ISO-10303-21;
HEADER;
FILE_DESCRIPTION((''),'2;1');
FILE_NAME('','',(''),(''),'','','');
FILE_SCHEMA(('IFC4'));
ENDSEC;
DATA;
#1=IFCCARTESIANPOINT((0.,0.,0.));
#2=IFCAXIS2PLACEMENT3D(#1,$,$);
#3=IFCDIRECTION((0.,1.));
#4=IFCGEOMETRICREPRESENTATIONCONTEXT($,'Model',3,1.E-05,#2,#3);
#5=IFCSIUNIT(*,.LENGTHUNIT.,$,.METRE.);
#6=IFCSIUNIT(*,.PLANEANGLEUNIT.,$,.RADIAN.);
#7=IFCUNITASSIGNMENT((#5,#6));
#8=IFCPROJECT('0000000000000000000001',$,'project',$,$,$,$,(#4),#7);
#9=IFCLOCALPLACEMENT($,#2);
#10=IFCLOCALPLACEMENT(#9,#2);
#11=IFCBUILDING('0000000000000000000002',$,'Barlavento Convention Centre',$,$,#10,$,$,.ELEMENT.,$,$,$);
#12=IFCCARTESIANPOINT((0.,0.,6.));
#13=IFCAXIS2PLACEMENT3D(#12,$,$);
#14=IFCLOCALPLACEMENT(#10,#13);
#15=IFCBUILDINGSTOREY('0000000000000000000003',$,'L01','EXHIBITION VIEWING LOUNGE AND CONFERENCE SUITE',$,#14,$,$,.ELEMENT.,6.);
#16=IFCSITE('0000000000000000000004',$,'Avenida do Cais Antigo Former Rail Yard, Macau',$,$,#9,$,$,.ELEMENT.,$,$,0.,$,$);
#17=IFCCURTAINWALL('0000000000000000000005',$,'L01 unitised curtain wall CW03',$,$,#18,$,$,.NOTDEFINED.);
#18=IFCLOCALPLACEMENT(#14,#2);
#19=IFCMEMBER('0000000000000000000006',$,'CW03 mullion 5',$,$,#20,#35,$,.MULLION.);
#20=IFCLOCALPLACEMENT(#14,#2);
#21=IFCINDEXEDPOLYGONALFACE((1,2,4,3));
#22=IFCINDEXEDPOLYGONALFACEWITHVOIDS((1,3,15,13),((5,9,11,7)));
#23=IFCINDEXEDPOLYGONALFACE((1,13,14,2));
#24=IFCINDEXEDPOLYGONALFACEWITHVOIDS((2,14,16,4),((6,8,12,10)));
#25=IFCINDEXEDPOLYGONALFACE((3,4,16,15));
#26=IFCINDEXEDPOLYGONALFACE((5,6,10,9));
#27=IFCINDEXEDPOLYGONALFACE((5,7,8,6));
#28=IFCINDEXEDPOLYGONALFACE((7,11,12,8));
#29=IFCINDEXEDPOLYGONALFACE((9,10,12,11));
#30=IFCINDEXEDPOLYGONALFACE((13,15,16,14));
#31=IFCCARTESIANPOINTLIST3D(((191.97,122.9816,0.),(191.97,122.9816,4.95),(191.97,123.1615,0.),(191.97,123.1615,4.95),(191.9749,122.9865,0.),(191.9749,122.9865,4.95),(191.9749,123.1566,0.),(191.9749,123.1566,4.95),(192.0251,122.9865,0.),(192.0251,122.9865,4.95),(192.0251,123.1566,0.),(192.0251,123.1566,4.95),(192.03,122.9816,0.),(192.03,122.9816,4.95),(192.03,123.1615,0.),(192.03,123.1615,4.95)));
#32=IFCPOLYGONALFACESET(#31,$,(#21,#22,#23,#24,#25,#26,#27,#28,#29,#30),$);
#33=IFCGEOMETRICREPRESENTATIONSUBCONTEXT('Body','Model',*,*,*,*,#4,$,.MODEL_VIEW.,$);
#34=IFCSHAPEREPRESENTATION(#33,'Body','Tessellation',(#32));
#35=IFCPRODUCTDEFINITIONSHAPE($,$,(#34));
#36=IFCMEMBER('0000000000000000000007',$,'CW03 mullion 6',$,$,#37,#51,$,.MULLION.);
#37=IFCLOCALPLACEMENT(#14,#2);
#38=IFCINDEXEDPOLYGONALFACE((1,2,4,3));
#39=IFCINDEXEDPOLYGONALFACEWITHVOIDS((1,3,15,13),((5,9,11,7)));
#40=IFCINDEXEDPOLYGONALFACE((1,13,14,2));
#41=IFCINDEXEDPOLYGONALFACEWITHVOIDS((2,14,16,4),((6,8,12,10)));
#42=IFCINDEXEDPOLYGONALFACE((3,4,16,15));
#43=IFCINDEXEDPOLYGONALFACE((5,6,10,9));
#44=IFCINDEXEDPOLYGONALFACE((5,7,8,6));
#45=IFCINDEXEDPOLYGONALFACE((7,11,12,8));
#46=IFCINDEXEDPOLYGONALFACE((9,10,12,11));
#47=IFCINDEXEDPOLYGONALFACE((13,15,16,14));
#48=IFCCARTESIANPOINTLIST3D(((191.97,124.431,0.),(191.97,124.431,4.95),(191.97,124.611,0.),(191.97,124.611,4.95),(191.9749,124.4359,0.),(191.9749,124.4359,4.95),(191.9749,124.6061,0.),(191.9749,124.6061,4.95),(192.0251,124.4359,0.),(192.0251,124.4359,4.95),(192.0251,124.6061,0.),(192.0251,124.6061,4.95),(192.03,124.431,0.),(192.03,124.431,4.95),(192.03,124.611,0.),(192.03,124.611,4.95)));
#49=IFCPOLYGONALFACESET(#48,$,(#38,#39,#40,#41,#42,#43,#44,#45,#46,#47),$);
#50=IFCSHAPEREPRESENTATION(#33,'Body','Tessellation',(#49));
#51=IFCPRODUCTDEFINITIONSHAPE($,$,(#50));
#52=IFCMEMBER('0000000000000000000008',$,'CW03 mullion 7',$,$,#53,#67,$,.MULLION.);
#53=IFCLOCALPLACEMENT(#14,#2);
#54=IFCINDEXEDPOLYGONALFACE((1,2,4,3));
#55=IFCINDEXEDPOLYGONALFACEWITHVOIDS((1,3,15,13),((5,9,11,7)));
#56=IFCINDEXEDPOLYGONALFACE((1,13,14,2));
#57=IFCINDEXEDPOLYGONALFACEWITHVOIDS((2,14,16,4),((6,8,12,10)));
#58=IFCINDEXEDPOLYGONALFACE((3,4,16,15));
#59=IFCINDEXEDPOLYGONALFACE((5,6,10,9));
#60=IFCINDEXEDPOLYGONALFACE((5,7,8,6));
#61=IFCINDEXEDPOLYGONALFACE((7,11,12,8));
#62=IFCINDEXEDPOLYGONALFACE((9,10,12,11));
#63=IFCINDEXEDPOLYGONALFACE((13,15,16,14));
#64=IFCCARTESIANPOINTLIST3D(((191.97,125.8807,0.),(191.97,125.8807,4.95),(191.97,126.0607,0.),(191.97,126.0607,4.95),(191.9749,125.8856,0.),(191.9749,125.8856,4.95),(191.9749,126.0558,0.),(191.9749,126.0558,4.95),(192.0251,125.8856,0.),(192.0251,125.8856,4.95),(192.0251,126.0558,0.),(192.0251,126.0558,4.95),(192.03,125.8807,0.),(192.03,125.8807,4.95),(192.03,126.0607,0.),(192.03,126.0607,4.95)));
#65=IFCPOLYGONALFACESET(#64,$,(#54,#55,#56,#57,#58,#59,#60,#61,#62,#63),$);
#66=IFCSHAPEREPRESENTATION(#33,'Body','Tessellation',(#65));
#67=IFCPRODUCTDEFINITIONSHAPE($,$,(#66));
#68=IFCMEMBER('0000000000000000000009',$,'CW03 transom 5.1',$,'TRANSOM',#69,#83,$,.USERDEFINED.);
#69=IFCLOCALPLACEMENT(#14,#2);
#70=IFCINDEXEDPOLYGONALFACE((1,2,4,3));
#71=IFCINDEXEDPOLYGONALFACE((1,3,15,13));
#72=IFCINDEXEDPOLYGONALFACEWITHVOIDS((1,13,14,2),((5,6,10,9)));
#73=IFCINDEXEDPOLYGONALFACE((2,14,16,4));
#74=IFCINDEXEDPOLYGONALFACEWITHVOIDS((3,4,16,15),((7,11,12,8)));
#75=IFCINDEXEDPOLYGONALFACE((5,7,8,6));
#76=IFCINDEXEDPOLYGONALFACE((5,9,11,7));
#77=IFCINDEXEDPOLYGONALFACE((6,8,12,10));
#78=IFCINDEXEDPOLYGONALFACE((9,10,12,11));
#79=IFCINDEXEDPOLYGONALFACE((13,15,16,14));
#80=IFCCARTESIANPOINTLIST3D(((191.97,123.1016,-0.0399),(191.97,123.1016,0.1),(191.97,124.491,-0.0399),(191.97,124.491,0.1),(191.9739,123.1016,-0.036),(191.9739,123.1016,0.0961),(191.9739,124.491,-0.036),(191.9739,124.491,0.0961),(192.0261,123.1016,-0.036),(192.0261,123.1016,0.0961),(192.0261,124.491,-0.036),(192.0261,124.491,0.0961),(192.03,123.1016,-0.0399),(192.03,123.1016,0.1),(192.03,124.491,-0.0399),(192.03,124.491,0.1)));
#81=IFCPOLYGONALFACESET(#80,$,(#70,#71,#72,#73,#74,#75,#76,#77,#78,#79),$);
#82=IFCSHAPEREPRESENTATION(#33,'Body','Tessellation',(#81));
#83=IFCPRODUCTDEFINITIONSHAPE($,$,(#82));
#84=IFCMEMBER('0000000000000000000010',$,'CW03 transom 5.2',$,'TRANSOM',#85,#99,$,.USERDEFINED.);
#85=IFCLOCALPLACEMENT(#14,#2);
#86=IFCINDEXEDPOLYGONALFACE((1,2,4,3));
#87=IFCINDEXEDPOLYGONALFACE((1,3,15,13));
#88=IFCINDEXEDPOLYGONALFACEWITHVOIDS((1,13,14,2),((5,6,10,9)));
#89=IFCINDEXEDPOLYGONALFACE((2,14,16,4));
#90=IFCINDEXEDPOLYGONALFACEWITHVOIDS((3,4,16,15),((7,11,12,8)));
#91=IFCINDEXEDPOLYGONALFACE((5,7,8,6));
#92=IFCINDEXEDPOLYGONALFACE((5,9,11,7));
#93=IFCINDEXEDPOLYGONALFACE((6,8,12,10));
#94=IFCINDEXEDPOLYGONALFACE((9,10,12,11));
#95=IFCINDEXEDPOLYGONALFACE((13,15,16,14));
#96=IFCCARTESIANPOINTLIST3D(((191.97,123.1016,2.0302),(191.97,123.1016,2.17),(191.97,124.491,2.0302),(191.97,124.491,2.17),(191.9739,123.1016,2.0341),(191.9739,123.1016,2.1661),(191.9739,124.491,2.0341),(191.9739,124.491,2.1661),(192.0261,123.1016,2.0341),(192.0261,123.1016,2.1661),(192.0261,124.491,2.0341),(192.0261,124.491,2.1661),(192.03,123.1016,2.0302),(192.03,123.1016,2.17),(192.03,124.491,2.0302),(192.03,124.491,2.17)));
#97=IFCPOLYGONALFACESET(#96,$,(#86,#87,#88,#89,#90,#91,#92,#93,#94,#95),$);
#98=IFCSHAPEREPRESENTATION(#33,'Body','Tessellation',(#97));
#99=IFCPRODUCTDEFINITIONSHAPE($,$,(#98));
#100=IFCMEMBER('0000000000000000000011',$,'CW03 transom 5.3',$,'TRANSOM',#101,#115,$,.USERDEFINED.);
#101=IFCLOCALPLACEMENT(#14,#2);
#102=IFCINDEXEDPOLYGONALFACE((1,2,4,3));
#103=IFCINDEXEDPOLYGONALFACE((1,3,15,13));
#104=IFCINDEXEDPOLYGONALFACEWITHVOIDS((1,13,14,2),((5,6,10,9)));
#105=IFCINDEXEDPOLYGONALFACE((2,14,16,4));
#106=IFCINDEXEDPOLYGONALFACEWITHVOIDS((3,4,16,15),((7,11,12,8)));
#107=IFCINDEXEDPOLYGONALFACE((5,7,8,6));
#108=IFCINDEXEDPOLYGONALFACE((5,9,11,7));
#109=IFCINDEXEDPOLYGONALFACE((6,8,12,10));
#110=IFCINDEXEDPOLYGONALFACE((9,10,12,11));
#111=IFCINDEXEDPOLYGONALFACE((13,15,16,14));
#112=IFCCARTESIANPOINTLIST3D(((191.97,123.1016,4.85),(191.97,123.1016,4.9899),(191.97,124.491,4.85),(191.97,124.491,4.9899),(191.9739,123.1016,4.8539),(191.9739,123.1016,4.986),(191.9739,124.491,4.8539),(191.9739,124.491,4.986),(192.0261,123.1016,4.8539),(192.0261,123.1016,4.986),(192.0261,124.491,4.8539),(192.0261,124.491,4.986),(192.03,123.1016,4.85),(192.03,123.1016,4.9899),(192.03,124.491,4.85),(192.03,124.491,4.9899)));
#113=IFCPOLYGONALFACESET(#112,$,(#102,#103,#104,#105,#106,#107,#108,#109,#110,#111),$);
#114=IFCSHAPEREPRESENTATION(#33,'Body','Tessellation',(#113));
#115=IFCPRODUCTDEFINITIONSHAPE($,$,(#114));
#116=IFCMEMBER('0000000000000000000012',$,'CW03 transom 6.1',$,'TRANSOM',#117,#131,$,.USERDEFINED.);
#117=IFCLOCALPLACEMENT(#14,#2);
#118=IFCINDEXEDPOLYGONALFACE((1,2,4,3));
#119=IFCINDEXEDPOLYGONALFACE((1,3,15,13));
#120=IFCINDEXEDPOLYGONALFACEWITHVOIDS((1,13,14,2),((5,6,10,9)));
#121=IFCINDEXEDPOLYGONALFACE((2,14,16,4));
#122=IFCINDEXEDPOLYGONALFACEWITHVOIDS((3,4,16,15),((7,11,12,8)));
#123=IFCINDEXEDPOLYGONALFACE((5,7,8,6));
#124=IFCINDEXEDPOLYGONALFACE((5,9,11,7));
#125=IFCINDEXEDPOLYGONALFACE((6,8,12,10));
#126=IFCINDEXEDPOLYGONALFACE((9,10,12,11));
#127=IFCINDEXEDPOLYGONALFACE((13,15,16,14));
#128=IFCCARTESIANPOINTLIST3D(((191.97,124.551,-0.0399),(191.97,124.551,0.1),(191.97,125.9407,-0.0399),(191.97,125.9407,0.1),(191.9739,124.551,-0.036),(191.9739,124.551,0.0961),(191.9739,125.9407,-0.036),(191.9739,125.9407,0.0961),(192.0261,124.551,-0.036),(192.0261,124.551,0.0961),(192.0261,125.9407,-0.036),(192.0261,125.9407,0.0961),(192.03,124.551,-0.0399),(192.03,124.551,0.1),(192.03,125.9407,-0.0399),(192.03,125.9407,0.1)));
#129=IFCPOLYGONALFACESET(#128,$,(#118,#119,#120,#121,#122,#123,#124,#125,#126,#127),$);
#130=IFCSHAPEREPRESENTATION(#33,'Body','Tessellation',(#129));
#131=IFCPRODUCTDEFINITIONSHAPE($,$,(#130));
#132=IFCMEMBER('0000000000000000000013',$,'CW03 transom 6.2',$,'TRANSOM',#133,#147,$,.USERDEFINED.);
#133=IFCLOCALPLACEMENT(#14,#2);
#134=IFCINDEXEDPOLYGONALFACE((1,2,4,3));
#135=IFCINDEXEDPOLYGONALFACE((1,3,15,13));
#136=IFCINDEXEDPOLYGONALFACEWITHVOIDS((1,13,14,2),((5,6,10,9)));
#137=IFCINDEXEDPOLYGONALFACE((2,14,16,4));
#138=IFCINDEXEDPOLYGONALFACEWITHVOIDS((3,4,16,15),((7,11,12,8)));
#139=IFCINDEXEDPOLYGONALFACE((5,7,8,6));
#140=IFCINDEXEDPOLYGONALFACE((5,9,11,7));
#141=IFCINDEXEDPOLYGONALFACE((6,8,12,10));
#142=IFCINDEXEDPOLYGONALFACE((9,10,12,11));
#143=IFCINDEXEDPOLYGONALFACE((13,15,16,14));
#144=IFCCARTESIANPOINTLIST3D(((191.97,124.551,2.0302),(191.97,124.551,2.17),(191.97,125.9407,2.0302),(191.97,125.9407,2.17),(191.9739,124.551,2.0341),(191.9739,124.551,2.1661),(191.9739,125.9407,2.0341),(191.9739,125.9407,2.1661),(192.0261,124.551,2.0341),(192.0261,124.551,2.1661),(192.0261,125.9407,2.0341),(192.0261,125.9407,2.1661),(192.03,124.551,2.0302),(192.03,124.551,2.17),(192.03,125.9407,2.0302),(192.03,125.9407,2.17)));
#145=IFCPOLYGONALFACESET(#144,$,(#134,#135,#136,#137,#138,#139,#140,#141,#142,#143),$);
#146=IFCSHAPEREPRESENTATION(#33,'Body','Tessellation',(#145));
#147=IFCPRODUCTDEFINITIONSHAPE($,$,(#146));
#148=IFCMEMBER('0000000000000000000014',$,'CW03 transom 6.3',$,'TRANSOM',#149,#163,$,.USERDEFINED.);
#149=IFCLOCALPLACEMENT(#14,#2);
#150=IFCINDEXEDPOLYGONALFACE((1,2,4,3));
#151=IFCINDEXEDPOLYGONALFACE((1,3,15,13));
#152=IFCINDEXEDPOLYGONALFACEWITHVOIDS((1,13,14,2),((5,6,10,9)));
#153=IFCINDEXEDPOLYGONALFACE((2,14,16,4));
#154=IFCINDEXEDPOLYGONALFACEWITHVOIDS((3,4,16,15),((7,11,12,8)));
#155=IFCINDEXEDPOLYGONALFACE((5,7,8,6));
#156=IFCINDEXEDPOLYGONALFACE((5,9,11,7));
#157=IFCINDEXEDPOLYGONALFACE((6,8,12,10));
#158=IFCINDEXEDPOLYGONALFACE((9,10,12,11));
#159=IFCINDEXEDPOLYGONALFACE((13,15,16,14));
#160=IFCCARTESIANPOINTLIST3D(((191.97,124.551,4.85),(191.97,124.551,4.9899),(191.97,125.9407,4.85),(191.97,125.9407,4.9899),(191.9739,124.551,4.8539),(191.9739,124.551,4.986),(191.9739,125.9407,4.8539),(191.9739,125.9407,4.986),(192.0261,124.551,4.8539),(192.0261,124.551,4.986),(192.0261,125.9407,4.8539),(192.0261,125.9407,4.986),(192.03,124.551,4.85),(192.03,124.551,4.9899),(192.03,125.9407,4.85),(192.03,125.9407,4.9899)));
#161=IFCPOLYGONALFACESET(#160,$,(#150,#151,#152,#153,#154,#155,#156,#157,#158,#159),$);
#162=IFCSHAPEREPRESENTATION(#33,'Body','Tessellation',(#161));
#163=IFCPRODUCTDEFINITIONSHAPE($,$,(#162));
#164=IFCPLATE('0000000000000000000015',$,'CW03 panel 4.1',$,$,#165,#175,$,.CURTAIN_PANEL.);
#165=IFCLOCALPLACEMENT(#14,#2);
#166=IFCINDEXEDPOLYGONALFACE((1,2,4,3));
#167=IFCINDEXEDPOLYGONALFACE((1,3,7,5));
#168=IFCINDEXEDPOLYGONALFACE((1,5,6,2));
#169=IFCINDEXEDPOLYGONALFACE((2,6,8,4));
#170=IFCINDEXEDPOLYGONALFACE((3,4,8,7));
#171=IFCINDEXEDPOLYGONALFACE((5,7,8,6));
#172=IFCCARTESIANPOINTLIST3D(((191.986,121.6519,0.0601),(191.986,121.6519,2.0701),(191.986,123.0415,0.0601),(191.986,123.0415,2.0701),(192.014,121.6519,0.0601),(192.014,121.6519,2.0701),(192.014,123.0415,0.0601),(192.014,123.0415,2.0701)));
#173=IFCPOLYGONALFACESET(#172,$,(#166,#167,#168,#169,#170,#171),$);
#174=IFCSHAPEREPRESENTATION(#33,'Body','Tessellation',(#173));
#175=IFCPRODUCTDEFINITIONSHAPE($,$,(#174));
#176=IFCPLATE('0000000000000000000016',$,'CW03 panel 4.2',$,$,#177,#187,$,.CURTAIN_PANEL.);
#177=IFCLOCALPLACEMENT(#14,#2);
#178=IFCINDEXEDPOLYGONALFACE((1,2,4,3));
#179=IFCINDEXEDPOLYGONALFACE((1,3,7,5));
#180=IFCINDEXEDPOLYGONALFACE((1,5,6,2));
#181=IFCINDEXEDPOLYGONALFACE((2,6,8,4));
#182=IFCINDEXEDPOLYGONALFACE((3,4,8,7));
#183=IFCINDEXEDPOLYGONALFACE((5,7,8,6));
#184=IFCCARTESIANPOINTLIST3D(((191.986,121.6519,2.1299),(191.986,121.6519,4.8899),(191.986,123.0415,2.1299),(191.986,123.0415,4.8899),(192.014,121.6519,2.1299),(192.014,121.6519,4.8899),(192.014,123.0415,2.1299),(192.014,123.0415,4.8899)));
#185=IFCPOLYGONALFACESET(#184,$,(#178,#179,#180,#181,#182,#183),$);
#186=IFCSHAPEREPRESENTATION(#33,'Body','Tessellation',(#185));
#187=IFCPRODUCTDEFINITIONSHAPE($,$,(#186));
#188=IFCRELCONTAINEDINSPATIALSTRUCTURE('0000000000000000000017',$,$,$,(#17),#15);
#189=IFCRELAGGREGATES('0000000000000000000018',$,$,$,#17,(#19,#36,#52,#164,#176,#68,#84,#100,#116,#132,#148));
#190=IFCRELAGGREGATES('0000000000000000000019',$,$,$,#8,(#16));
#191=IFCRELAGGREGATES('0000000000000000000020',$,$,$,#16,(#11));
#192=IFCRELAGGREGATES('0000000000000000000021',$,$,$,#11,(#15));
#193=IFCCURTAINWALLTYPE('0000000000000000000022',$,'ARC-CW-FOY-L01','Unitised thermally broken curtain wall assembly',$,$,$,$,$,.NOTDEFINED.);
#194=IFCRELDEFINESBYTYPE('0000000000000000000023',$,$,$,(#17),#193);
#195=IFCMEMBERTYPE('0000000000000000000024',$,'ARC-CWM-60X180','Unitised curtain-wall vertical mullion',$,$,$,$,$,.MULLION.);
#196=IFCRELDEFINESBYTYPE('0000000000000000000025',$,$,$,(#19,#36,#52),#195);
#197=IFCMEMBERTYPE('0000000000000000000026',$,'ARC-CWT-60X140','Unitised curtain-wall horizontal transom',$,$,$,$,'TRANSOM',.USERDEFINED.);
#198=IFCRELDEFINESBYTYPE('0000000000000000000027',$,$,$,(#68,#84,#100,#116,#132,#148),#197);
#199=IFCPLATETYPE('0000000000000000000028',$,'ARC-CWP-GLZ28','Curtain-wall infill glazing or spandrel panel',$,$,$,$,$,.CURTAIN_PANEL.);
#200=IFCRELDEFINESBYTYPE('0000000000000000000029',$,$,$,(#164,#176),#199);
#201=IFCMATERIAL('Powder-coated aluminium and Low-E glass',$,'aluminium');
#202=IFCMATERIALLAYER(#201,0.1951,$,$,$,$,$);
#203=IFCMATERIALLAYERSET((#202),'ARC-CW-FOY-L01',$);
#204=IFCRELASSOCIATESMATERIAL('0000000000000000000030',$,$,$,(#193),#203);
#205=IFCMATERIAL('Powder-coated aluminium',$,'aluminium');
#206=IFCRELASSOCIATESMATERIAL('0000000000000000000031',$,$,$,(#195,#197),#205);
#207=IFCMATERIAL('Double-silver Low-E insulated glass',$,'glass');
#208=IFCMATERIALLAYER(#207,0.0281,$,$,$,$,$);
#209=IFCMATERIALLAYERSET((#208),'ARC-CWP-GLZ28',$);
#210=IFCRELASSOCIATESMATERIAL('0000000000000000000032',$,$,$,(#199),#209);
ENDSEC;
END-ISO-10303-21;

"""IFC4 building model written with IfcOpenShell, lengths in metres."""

from ifc_helpers import new_model, si_unit, direction, frame, origin, origin_2d, place, context, subcontext, project, spatial, rectangle, hollow_rectangle, extrude, material, layer, layer_set, material_profile, profile_set, type_object, element, aggregate, save


model = new_model("IFC4")

# Units and contexts
model_context = context("Model", 3, precision=1e-05, world=origin(), true_north=direction((0.0, 1.0)))
body_context = subcontext(model_context, "Body", "Model", "MODEL_VIEW")
ifc_project = project(units=[si_unit("LENGTHUNIT", "METRE"), si_unit("PLANEANGLEUNIT", "RADIAN")], contexts=[model_context])

# Site, building, storey
site_placement = place(None, origin())
site = spatial("IfcSite", under=ifc_project, at=site_placement, Name="Avenida do Cais Antigo Former Rail Yard, Macau", CompositionType="ELEMENT", RefElevation=0.0)
building_placement = place(site_placement, origin())
building = spatial("IfcBuilding", under=site, at=building_placement, Name="Barlavento Convention Centre", CompositionType="ELEMENT")
storey_placement = place(building_placement, frame((0.0, 0.0, 6.0)))
storey = spatial("IfcBuildingStorey", under=building, at=storey_placement, Name="L01", Description="EXHIBITION VIEWING LOUNGE AND CONFERENCE SUITE", CompositionType="ELEMENT", Elevation=6.0)

# Curtain wall, members, plates
ifc_material_1 = material(Name="Powder-coated aluminium and Low-E glass", Category="aluminium")
ifc_layer_1 = layer(ifc_material_1, 0.1951)
ifc_layer_set_1 = layer_set([ifc_layer_1], Name="ARC-CW-FOY-L01")
curtain_wall_type = type_object("IfcCurtainWallType", Name="ARC-CW-FOY-L01", Description="Unitised thermally broken curtain wall assembly", PredefinedType="NOTDEFINED", material=ifc_layer_set_1)
curtain_wall_placement = place(storey_placement, origin())
curtain_wall = element("IfcCurtainWall", 1, at=curtain_wall_placement, inside=storey, type_object=curtain_wall_type, Name="L01 unitised curtain wall CW03", PredefinedType="NOTDEFINED")
ifc_material_2 = material(Name="Powder-coated aluminium", Category="aluminium")
ifc_material_profile_1 = material_profile(ifc_material_2, hollow_rectangle(XDim=0.0601, YDim=0.1799, WallThickness=0.0049, at=origin_2d()), Name="AL-MULL 60x180x5")
ifc_profile_set_1 = profile_set([ifc_material_profile_1], Name="Powder-coated aluminium")
member_type_1 = type_object("IfcMemberType", Name="ARC-CWM-60X180", Description="Unitised curtain-wall vertical mullion", PredefinedType="MULLION", material=ifc_profile_set_1)
member_1_placement = place(storey_placement, frame((192.0, 123.0715, 0.0), z_axis=(0.0, 0.0, 1.0), x_axis=(-1.0, 0.0, 0.0)))
member_1 = element("IfcMember", 2, at=member_1_placement, type_object=member_type_1, Name="CW03 mullion 5", PredefinedType="MULLION", context=body_context, shape_type="SweptSolid", body=[
    extrude(hollow_rectangle(XDim=0.0601, YDim=0.1799, WallThickness=0.0049, at=origin_2d()), origin(), (0.0, 0.0, 1.0), 4.95),
])
member_2_placement = place(storey_placement, frame((192.0, 124.521, 0.0), z_axis=(0.0, 0.0, 1.0), x_axis=(-1.0, 0.0, 0.0)))
member_2 = element("IfcMember", 3, at=member_2_placement, type_object=member_type_1, Name="CW03 mullion 6", PredefinedType="MULLION", context=body_context, shape_type="SweptSolid", body=[
    extrude(hollow_rectangle(XDim=0.0601, YDim=0.1799, WallThickness=0.0049, at=origin_2d()), origin(), (0.0, 0.0, 1.0), 4.95),
])
member_3_placement = place(storey_placement, frame((192.0, 125.9707, 0.0), z_axis=(0.0, 0.0, 1.0), x_axis=(-1.0, 0.0, 0.0)))
member_3 = element("IfcMember", 4, at=member_3_placement, type_object=member_type_1, Name="CW03 mullion 7", PredefinedType="MULLION", context=body_context, shape_type="SweptSolid", body=[
    extrude(hollow_rectangle(XDim=0.0601, YDim=0.1799, WallThickness=0.0049, at=origin_2d()), origin(), (0.0, 0.0, 1.0), 4.95),
])
ifc_material_profile_2 = material_profile(ifc_material_2, hollow_rectangle(XDim=0.0601, YDim=0.1399, WallThickness=0.0039, at=origin_2d()), Name="AL-TRAN 60x140x4")
ifc_profile_set_2 = profile_set([ifc_material_profile_2], Name="Powder-coated aluminium")
member_type_2 = type_object("IfcMemberType", Name="ARC-CWT-60X140", Description="Unitised curtain-wall horizontal transom", ElementType="TRANSOM", PredefinedType="USERDEFINED", material=ifc_profile_set_2)
member_4_placement = place(storey_placement, frame((192.0, 123.1016, 0.03), z_axis=(0.0, 1.0, 0.0), x_axis=(-1.0, 0.0, 0.0)))
member_4 = element("IfcMember", 5, at=member_4_placement, type_object=member_type_2, Name="CW03 transom 5.1", ObjectType="TRANSOM", PredefinedType="USERDEFINED", context=body_context, shape_type="SweptSolid", body=[
    extrude(hollow_rectangle(XDim=0.0601, YDim=0.1399, WallThickness=0.0039, at=origin_2d()), origin(), (0.0, 0.0, 1.0), 1.3894),
])
member_5_placement = place(storey_placement, frame((192.0, 123.1016, 2.1001), z_axis=(0.0, 1.0, 0.0), x_axis=(-1.0, 0.0, 0.0)))
member_5 = element("IfcMember", 6, at=member_5_placement, type_object=member_type_2, Name="CW03 transom 5.2", ObjectType="TRANSOM", PredefinedType="USERDEFINED", context=body_context, shape_type="SweptSolid", body=[
    extrude(hollow_rectangle(XDim=0.0601, YDim=0.1399, WallThickness=0.0039, at=origin_2d()), origin(), (0.0, 0.0, 1.0), 1.3894),
])
member_6_placement = place(storey_placement, frame((192.0, 123.1016, 4.9199), z_axis=(0.0, 1.0, 0.0), x_axis=(-1.0, 0.0, 0.0)))
member_6 = element("IfcMember", 7, at=member_6_placement, type_object=member_type_2, Name="CW03 transom 5.3", ObjectType="TRANSOM", PredefinedType="USERDEFINED", context=body_context, shape_type="SweptSolid", body=[
    extrude(hollow_rectangle(XDim=0.0601, YDim=0.1399, WallThickness=0.0039, at=origin_2d()), origin(), (0.0, 0.0, 1.0), 1.3894),
])
member_7_placement = place(storey_placement, frame((192.0, 124.551, 0.03), z_axis=(0.0, 1.0, 0.0), x_axis=(-1.0, 0.0, 0.0)))
member_7 = element("IfcMember", 8, at=member_7_placement, type_object=member_type_2, Name="CW03 transom 6.1", ObjectType="TRANSOM", PredefinedType="USERDEFINED", context=body_context, shape_type="SweptSolid", body=[
    extrude(hollow_rectangle(XDim=0.0601, YDim=0.1399, WallThickness=0.0039, at=origin_2d()), origin(), (0.0, 0.0, 1.0), 1.3896),
])
member_8_placement = place(storey_placement, frame((192.0, 124.551, 2.1001), z_axis=(0.0, 1.0, 0.0), x_axis=(-1.0, 0.0, 0.0)))
member_8 = element("IfcMember", 9, at=member_8_placement, type_object=member_type_2, Name="CW03 transom 6.2", ObjectType="TRANSOM", PredefinedType="USERDEFINED", context=body_context, shape_type="SweptSolid", body=[
    extrude(hollow_rectangle(XDim=0.0601, YDim=0.1399, WallThickness=0.0039, at=origin_2d()), origin(), (0.0, 0.0, 1.0), 1.3896),
])
member_9_placement = place(storey_placement, frame((192.0, 124.551, 4.9199), z_axis=(0.0, 1.0, 0.0), x_axis=(-1.0, 0.0, 0.0)))
member_9 = element("IfcMember", 10, at=member_9_placement, type_object=member_type_2, Name="CW03 transom 6.3", ObjectType="TRANSOM", PredefinedType="USERDEFINED", context=body_context, shape_type="SweptSolid", body=[
    extrude(hollow_rectangle(XDim=0.0601, YDim=0.1399, WallThickness=0.0039, at=origin_2d()), origin(), (0.0, 0.0, 1.0), 1.3896),
])
ifc_material_3 = material(Name="Double-silver Low-E insulated glass", Category="glass")
ifc_layer_2 = layer(ifc_material_3, 0.0281)
ifc_layer_set_2 = layer_set([ifc_layer_2], Name="ARC-CWP-GLZ28")
plate_type = type_object("IfcPlateType", Name="ARC-CWP-GLZ28", Description="Curtain-wall infill glazing or spandrel panel", PredefinedType="CURTAIN_PANEL", material=ifc_layer_set_2)
plate_1_placement = place(storey_placement, frame((192.0, 122.3467, 0.0601), z_axis=(0.0, 0.0, 1.0), x_axis=(0.0, 1.0, 0.0)))
plate_1 = element("IfcPlate", 11, at=plate_1_placement, type_object=plate_type, Name="CW03 panel 4.1", PredefinedType="CURTAIN_PANEL", context=body_context, shape_type="SweptSolid", body=[
    extrude(rectangle(XDim=1.3896, YDim=0.0281, at=origin_2d()), origin(), (0.0, 0.0, 1.0), 2.01),
])
plate_2_placement = place(storey_placement, frame((192.0, 122.3467, 2.1299), z_axis=(0.0, 0.0, 1.0), x_axis=(0.0, 1.0, 0.0)))
plate_2 = element("IfcPlate", 12, at=plate_2_placement, type_object=plate_type, Name="CW03 panel 4.2", PredefinedType="CURTAIN_PANEL", context=body_context, shape_type="SweptSolid", body=[
    extrude(rectangle(XDim=1.3896, YDim=0.0281, at=origin_2d()), origin(), (0.0, 0.0, 1.0), 2.76),
])
aggregate(curtain_wall, [member_1, member_2, member_3, plate_1, plate_2, member_4, member_5, member_6, member_7, member_8, member_9])

save(model, "model.ifc")
